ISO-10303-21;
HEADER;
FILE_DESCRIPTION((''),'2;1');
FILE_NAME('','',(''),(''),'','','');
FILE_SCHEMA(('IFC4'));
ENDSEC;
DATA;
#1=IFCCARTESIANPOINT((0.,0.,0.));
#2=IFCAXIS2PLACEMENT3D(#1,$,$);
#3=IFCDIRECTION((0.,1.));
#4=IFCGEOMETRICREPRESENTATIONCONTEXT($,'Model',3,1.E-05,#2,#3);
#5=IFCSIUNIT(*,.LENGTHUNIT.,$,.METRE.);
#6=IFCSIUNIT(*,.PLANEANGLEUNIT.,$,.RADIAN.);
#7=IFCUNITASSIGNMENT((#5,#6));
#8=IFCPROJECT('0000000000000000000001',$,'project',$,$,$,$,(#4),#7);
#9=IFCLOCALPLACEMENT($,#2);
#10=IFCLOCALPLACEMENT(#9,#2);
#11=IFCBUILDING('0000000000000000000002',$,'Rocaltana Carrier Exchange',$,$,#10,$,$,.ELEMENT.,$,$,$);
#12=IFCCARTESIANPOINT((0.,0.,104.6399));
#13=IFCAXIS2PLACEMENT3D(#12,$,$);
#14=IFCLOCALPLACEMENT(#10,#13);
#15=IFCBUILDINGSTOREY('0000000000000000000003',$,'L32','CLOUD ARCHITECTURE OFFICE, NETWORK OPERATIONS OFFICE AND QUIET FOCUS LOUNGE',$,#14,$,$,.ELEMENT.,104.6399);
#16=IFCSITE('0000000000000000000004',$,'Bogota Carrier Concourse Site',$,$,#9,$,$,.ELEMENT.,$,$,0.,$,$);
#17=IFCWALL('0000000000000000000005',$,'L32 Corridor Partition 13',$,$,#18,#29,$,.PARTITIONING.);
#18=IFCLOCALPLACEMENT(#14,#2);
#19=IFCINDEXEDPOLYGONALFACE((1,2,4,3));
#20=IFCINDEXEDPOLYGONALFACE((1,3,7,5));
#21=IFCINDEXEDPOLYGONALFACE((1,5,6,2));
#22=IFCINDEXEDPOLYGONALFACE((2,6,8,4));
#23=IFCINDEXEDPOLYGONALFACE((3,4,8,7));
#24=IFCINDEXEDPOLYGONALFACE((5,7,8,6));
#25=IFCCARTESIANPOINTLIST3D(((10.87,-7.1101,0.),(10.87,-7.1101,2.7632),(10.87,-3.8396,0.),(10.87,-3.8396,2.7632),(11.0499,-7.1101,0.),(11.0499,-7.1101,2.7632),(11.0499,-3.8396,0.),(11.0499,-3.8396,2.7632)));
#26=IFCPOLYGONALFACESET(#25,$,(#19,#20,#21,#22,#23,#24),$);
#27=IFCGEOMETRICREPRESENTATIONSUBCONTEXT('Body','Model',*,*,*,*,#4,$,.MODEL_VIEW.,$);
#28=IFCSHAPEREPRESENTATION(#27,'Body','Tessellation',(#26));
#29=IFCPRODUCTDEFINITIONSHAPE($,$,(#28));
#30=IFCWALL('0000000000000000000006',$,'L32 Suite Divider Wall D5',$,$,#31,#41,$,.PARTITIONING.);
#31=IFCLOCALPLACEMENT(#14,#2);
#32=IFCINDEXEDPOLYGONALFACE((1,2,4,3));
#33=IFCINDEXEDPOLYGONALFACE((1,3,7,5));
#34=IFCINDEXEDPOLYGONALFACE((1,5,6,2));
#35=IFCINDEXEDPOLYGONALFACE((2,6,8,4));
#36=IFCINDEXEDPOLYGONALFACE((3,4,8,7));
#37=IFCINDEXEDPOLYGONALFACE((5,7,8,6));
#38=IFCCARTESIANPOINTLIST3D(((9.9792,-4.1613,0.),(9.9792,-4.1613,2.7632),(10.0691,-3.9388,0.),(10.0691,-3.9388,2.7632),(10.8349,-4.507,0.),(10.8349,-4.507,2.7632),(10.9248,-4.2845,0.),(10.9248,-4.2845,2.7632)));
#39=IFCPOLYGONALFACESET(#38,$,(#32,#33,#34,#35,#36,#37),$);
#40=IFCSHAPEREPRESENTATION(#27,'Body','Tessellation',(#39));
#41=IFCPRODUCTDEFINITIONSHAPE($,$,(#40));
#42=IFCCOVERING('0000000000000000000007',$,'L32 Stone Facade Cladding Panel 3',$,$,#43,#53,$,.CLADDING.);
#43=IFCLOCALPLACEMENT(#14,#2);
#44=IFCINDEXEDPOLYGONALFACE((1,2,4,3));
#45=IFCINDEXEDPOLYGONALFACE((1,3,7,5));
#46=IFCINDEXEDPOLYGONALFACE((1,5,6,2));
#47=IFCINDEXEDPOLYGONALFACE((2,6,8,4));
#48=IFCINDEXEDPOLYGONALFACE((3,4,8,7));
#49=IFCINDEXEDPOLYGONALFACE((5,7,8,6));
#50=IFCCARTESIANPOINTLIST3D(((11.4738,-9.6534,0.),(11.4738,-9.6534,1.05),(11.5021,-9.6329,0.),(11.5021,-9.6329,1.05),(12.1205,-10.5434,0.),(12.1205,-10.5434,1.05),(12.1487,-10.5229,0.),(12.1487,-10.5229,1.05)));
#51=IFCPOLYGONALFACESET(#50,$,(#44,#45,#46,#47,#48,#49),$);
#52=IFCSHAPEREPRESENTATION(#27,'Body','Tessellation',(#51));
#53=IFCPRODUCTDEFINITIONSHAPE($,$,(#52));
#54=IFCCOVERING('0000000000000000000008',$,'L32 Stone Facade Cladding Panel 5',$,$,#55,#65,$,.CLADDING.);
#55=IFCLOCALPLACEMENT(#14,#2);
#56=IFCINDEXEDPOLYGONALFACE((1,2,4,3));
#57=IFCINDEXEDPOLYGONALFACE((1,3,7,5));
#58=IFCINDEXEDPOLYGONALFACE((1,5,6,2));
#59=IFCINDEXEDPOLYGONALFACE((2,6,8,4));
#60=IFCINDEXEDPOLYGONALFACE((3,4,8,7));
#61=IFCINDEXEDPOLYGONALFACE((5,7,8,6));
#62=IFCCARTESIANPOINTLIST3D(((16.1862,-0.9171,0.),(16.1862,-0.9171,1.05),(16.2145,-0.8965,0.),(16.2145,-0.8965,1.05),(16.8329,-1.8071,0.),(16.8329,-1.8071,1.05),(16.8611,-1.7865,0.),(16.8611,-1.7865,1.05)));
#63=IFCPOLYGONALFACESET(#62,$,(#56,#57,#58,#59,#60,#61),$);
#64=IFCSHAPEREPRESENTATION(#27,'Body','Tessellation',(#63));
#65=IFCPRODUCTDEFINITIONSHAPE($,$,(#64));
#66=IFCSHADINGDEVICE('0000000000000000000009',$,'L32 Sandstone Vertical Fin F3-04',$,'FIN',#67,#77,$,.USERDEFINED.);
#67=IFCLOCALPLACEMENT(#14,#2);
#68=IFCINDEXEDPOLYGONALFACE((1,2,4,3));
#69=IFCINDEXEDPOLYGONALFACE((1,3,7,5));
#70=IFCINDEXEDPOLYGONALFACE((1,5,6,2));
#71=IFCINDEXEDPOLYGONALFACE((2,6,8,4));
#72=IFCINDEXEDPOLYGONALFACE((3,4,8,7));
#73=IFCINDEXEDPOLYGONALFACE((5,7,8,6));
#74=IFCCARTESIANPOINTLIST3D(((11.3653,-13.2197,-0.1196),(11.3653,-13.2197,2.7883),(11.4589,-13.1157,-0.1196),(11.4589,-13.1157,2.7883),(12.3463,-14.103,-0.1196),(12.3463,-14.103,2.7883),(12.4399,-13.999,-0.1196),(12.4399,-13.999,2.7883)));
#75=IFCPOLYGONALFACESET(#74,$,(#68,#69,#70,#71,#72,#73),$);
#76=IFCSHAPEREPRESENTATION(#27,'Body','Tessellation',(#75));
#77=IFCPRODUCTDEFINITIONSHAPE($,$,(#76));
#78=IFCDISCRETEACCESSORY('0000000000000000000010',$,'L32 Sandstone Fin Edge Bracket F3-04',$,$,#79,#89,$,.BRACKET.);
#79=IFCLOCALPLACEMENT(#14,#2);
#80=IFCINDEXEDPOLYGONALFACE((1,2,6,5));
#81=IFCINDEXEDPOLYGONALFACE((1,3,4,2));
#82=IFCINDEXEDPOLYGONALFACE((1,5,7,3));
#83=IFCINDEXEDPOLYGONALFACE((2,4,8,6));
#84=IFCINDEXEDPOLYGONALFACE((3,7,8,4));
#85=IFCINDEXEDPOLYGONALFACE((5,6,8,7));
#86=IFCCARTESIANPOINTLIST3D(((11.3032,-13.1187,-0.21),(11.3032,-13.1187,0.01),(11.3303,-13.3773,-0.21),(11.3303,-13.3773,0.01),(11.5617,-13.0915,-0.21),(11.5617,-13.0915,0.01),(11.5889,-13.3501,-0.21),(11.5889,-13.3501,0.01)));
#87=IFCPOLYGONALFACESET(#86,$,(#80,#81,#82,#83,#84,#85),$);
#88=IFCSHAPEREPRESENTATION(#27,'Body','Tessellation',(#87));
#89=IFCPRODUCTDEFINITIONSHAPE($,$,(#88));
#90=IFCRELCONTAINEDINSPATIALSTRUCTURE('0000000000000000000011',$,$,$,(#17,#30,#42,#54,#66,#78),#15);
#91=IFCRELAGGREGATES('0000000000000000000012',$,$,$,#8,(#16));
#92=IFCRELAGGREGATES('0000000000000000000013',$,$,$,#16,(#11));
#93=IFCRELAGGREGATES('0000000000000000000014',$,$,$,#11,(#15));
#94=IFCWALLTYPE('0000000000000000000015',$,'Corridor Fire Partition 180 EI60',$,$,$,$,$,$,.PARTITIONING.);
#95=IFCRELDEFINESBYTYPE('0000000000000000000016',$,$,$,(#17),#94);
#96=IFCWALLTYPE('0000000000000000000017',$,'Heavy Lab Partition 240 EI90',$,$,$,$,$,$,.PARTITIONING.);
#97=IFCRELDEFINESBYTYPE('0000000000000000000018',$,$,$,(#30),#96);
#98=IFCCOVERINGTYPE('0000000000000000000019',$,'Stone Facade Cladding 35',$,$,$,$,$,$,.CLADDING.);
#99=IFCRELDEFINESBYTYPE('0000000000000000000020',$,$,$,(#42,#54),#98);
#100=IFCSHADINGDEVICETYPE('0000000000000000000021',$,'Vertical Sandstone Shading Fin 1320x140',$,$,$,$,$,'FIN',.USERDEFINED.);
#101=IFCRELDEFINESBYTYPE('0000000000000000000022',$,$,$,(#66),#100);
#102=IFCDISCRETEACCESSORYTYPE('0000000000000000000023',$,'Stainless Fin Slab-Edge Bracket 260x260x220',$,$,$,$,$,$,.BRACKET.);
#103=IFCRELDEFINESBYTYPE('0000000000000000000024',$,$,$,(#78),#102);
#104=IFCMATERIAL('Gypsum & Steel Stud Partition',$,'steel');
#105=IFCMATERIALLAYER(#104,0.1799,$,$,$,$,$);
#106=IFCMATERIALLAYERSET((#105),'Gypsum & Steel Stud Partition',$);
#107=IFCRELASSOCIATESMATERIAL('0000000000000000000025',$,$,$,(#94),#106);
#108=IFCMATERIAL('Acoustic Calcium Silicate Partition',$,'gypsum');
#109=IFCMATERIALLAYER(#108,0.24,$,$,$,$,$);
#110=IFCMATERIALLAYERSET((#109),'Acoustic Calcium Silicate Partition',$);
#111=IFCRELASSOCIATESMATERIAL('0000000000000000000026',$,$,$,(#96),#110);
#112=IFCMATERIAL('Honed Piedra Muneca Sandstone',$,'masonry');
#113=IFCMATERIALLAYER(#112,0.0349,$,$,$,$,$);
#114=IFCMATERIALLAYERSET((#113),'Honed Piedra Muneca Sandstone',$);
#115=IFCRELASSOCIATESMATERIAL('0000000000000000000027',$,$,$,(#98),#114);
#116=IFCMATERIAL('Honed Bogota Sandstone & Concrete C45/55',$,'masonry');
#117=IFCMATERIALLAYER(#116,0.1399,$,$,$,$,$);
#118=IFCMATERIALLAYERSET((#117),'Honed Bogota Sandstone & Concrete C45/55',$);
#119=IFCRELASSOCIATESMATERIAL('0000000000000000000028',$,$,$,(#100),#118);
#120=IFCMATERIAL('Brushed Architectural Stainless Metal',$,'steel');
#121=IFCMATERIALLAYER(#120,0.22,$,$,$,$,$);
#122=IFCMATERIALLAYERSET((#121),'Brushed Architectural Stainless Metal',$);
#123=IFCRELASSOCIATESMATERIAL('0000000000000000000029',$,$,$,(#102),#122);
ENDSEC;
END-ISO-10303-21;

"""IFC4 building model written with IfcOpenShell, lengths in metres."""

from ifc_helpers import new_model, si_unit, direction, frame, frame_2d, origin, origin_2d, place, context, subcontext, project, spatial, rectangle, extrude, material, layer, layer_set, type_object, element, save


model = new_model("IFC4")

# Units and contexts
model_context = context("Model", 3, precision=1e-05, world=origin(), true_north=direction((0.0, 1.0)))
body_context = subcontext(model_context, "Body", "Model", "MODEL_VIEW")
ifc_project = project(units=[si_unit("LENGTHUNIT", "METRE"), si_unit("PLANEANGLEUNIT", "RADIAN")], contexts=[model_context])

# Site, building, storey
site_placement = place(None, origin())
site = spatial("IfcSite", under=ifc_project, at=site_placement, Name="Bogota Carrier Concourse Site", CompositionType="ELEMENT", RefElevation=0.0)
building_placement = place(site_placement, origin())
building = spatial("IfcBuilding", under=site, at=building_placement, Name="Rocaltana Carrier Exchange", CompositionType="ELEMENT")
storey_placement = place(building_placement, frame((0.0, 0.0, 104.6399)))
storey = spatial("IfcBuildingStorey", under=building, at=storey_placement, Name="L32", Description="CLOUD ARCHITECTURE OFFICE, NETWORK OPERATIONS OFFICE AND QUIET FOCUS LOUNGE", CompositionType="ELEMENT", Elevation=104.6399)

# Shared definitions
ifc_material_1 = material(Name="Gypsum & Steel Stud Partition", Category="steel")
ifc_layer_1 = layer(ifc_material_1, 0.1799)
ifc_layer_set_1 = layer_set([ifc_layer_1], Name="Gypsum & Steel Stud Partition")
wall_type_1 = type_object("IfcWallType", Name="Corridor Fire Partition 180 EI60", PredefinedType="PARTITIONING", material=ifc_layer_set_1)

# Walls
wall_1_placement = place(storey_placement, frame((10.96, -7.1101, 0.0), z_axis=(0.0, 0.0, 1.0), x_axis=(0.0, 1.0, 0.0)))
element("IfcWall", 1, at=wall_1_placement, inside=storey, type_object=wall_type_1, Name="L32 Corridor Partition 13", PredefinedType="PARTITIONING", context=body_context, shape_type="SweptSolid", body=[
    extrude(rectangle(XDim=3.2705, YDim=0.1799, at=frame_2d((1.6353, 0.0))), origin(), (0.0, 0.0, 1.0), 2.7632),
])
ifc_material_2 = material(Name="Acoustic Calcium Silicate Partition", Category="gypsum")
ifc_layer_2 = layer(ifc_material_2, 0.24)
ifc_layer_set_2 = layer_set([ifc_layer_2], Name="Acoustic Calcium Silicate Partition")
wall_type_2 = type_object("IfcWallType", Name="Heavy Lab Partition 240 EI90", PredefinedType="PARTITIONING", material=ifc_layer_set_2)
wall_2_placement = place(storey_placement, frame((10.0242, -4.05, 0.0), z_axis=(0.0, 0.0, 1.0), x_axis=(0.927194, -0.374581, 0.0)))
element("IfcWall", 2, at=wall_2_placement, inside=storey, type_object=wall_type_2, Name="L32 Suite Divider Wall D5", PredefinedType="PARTITIONING", context=body_context, shape_type="SweptSolid", body=[
    extrude(rectangle(XDim=0.9229, YDim=0.24, at=frame_2d((0.4614, 0.0))), origin(), (0.0, 0.0, 1.0), 2.7632),
])

# Coverings
ifc_material_3 = material(Name="Honed Piedra Muneca Sandstone", Category="masonry")
ifc_layer_3 = layer(ifc_material_3, 0.0349)
ifc_layer_set_3 = layer_set([ifc_layer_3], Name="Honed Piedra Muneca Sandstone")
covering_type = type_object("IfcCoveringType", Name="Stone Facade Cladding 35", PredefinedType="CLADDING", material=ifc_layer_set_3)
for number, where, z_axis, x_axis, name in (
    (3, (11.8113, -10.0881, 0.0), (0.0, 0.0, 1.0), (-0.587785, 0.809017, 0.0), "L32 Stone Facade Cladding Panel 3"),
    (4, (16.5237, -1.3518, 0.0), (0.0, 0.0, 1.0), (-0.587785, 0.809017, 0.0), "L32 Stone Facade Cladding Panel 5"),
):
    element("IfcCovering", number, at=place(storey_placement, frame(where, z_axis=z_axis, x_axis=x_axis)), inside=storey, type_object=covering_type, Name=name, PredefinedType="CLADDING", context=body_context, shape_type="SweptSolid", body=[
        extrude(rectangle(XDim=1.1001, YDim=0.0349, at=origin_2d()), origin(), (0.0, 0.0, 1.0), 1.05),
    ])

# Shading device
ifc_material_4 = material(Name="Honed Bogota Sandstone & Concrete C45/55", Category="masonry")
ifc_layer_4 = layer(ifc_material_4, 0.1399)
ifc_layer_set_4 = layer_set([ifc_layer_4], Name="Honed Bogota Sandstone & Concrete C45/55")
shading_device_type = type_object("IfcShadingDeviceType", Name="Vertical Sandstone Shading Fin 1320x140", ElementType="FIN", PredefinedType="USERDEFINED", material=ifc_layer_set_4)
shading_device_placement = place(storey_placement, frame((11.9026, -13.6094, -0.1196), z_axis=(0.0, 0.0, 1.0), x_axis=(0.743145, -0.669131, 0.0)))
element("IfcShadingDevice", 5, at=shading_device_placement, inside=storey, type_object=shading_device_type, Name="L32 Sandstone Vertical Fin F3-04", ObjectType="FIN", PredefinedType="USERDEFINED", context=body_context, shape_type="SweptSolid", body=[
    extrude(rectangle(XDim=1.3201, YDim=0.1399, at=origin_2d()), origin(), (0.0, 0.0, 1.0), 2.908),
])

# Discrete accessory
ifc_material_5 = material(Name="Brushed Architectural Stainless Metal", Category="steel")
ifc_layer_5 = layer(ifc_material_5, 0.22)
ifc_layer_set_5 = layer_set([ifc_layer_5], Name="Brushed Architectural Stainless Metal")
discrete_accessory_type = type_object("IfcDiscreteAccessoryType", Name="Stainless Fin Slab-Edge Bracket 260x260x220", PredefinedType="BRACKET", material=ifc_layer_set_5)
discrete_accessory_placement = place(storey_placement, frame((11.446, -13.2344, -0.21), z_axis=(0.0, 0.0, 1.0), x_axis=(0.994522, 0.104528, 0.0)))
element("IfcDiscreteAccessory", 6, at=discrete_accessory_placement, inside=storey, type_object=discrete_accessory_type, Name="L32 Sandstone Fin Edge Bracket F3-04", PredefinedType="BRACKET", context=body_context, shape_type="SweptSolid", body=[
    extrude(rectangle(XDim=0.26, YDim=0.26, at=origin_2d()), origin(), (0.0, 0.0, 1.0), 0.22),
])

save(model, "model.ifc")
